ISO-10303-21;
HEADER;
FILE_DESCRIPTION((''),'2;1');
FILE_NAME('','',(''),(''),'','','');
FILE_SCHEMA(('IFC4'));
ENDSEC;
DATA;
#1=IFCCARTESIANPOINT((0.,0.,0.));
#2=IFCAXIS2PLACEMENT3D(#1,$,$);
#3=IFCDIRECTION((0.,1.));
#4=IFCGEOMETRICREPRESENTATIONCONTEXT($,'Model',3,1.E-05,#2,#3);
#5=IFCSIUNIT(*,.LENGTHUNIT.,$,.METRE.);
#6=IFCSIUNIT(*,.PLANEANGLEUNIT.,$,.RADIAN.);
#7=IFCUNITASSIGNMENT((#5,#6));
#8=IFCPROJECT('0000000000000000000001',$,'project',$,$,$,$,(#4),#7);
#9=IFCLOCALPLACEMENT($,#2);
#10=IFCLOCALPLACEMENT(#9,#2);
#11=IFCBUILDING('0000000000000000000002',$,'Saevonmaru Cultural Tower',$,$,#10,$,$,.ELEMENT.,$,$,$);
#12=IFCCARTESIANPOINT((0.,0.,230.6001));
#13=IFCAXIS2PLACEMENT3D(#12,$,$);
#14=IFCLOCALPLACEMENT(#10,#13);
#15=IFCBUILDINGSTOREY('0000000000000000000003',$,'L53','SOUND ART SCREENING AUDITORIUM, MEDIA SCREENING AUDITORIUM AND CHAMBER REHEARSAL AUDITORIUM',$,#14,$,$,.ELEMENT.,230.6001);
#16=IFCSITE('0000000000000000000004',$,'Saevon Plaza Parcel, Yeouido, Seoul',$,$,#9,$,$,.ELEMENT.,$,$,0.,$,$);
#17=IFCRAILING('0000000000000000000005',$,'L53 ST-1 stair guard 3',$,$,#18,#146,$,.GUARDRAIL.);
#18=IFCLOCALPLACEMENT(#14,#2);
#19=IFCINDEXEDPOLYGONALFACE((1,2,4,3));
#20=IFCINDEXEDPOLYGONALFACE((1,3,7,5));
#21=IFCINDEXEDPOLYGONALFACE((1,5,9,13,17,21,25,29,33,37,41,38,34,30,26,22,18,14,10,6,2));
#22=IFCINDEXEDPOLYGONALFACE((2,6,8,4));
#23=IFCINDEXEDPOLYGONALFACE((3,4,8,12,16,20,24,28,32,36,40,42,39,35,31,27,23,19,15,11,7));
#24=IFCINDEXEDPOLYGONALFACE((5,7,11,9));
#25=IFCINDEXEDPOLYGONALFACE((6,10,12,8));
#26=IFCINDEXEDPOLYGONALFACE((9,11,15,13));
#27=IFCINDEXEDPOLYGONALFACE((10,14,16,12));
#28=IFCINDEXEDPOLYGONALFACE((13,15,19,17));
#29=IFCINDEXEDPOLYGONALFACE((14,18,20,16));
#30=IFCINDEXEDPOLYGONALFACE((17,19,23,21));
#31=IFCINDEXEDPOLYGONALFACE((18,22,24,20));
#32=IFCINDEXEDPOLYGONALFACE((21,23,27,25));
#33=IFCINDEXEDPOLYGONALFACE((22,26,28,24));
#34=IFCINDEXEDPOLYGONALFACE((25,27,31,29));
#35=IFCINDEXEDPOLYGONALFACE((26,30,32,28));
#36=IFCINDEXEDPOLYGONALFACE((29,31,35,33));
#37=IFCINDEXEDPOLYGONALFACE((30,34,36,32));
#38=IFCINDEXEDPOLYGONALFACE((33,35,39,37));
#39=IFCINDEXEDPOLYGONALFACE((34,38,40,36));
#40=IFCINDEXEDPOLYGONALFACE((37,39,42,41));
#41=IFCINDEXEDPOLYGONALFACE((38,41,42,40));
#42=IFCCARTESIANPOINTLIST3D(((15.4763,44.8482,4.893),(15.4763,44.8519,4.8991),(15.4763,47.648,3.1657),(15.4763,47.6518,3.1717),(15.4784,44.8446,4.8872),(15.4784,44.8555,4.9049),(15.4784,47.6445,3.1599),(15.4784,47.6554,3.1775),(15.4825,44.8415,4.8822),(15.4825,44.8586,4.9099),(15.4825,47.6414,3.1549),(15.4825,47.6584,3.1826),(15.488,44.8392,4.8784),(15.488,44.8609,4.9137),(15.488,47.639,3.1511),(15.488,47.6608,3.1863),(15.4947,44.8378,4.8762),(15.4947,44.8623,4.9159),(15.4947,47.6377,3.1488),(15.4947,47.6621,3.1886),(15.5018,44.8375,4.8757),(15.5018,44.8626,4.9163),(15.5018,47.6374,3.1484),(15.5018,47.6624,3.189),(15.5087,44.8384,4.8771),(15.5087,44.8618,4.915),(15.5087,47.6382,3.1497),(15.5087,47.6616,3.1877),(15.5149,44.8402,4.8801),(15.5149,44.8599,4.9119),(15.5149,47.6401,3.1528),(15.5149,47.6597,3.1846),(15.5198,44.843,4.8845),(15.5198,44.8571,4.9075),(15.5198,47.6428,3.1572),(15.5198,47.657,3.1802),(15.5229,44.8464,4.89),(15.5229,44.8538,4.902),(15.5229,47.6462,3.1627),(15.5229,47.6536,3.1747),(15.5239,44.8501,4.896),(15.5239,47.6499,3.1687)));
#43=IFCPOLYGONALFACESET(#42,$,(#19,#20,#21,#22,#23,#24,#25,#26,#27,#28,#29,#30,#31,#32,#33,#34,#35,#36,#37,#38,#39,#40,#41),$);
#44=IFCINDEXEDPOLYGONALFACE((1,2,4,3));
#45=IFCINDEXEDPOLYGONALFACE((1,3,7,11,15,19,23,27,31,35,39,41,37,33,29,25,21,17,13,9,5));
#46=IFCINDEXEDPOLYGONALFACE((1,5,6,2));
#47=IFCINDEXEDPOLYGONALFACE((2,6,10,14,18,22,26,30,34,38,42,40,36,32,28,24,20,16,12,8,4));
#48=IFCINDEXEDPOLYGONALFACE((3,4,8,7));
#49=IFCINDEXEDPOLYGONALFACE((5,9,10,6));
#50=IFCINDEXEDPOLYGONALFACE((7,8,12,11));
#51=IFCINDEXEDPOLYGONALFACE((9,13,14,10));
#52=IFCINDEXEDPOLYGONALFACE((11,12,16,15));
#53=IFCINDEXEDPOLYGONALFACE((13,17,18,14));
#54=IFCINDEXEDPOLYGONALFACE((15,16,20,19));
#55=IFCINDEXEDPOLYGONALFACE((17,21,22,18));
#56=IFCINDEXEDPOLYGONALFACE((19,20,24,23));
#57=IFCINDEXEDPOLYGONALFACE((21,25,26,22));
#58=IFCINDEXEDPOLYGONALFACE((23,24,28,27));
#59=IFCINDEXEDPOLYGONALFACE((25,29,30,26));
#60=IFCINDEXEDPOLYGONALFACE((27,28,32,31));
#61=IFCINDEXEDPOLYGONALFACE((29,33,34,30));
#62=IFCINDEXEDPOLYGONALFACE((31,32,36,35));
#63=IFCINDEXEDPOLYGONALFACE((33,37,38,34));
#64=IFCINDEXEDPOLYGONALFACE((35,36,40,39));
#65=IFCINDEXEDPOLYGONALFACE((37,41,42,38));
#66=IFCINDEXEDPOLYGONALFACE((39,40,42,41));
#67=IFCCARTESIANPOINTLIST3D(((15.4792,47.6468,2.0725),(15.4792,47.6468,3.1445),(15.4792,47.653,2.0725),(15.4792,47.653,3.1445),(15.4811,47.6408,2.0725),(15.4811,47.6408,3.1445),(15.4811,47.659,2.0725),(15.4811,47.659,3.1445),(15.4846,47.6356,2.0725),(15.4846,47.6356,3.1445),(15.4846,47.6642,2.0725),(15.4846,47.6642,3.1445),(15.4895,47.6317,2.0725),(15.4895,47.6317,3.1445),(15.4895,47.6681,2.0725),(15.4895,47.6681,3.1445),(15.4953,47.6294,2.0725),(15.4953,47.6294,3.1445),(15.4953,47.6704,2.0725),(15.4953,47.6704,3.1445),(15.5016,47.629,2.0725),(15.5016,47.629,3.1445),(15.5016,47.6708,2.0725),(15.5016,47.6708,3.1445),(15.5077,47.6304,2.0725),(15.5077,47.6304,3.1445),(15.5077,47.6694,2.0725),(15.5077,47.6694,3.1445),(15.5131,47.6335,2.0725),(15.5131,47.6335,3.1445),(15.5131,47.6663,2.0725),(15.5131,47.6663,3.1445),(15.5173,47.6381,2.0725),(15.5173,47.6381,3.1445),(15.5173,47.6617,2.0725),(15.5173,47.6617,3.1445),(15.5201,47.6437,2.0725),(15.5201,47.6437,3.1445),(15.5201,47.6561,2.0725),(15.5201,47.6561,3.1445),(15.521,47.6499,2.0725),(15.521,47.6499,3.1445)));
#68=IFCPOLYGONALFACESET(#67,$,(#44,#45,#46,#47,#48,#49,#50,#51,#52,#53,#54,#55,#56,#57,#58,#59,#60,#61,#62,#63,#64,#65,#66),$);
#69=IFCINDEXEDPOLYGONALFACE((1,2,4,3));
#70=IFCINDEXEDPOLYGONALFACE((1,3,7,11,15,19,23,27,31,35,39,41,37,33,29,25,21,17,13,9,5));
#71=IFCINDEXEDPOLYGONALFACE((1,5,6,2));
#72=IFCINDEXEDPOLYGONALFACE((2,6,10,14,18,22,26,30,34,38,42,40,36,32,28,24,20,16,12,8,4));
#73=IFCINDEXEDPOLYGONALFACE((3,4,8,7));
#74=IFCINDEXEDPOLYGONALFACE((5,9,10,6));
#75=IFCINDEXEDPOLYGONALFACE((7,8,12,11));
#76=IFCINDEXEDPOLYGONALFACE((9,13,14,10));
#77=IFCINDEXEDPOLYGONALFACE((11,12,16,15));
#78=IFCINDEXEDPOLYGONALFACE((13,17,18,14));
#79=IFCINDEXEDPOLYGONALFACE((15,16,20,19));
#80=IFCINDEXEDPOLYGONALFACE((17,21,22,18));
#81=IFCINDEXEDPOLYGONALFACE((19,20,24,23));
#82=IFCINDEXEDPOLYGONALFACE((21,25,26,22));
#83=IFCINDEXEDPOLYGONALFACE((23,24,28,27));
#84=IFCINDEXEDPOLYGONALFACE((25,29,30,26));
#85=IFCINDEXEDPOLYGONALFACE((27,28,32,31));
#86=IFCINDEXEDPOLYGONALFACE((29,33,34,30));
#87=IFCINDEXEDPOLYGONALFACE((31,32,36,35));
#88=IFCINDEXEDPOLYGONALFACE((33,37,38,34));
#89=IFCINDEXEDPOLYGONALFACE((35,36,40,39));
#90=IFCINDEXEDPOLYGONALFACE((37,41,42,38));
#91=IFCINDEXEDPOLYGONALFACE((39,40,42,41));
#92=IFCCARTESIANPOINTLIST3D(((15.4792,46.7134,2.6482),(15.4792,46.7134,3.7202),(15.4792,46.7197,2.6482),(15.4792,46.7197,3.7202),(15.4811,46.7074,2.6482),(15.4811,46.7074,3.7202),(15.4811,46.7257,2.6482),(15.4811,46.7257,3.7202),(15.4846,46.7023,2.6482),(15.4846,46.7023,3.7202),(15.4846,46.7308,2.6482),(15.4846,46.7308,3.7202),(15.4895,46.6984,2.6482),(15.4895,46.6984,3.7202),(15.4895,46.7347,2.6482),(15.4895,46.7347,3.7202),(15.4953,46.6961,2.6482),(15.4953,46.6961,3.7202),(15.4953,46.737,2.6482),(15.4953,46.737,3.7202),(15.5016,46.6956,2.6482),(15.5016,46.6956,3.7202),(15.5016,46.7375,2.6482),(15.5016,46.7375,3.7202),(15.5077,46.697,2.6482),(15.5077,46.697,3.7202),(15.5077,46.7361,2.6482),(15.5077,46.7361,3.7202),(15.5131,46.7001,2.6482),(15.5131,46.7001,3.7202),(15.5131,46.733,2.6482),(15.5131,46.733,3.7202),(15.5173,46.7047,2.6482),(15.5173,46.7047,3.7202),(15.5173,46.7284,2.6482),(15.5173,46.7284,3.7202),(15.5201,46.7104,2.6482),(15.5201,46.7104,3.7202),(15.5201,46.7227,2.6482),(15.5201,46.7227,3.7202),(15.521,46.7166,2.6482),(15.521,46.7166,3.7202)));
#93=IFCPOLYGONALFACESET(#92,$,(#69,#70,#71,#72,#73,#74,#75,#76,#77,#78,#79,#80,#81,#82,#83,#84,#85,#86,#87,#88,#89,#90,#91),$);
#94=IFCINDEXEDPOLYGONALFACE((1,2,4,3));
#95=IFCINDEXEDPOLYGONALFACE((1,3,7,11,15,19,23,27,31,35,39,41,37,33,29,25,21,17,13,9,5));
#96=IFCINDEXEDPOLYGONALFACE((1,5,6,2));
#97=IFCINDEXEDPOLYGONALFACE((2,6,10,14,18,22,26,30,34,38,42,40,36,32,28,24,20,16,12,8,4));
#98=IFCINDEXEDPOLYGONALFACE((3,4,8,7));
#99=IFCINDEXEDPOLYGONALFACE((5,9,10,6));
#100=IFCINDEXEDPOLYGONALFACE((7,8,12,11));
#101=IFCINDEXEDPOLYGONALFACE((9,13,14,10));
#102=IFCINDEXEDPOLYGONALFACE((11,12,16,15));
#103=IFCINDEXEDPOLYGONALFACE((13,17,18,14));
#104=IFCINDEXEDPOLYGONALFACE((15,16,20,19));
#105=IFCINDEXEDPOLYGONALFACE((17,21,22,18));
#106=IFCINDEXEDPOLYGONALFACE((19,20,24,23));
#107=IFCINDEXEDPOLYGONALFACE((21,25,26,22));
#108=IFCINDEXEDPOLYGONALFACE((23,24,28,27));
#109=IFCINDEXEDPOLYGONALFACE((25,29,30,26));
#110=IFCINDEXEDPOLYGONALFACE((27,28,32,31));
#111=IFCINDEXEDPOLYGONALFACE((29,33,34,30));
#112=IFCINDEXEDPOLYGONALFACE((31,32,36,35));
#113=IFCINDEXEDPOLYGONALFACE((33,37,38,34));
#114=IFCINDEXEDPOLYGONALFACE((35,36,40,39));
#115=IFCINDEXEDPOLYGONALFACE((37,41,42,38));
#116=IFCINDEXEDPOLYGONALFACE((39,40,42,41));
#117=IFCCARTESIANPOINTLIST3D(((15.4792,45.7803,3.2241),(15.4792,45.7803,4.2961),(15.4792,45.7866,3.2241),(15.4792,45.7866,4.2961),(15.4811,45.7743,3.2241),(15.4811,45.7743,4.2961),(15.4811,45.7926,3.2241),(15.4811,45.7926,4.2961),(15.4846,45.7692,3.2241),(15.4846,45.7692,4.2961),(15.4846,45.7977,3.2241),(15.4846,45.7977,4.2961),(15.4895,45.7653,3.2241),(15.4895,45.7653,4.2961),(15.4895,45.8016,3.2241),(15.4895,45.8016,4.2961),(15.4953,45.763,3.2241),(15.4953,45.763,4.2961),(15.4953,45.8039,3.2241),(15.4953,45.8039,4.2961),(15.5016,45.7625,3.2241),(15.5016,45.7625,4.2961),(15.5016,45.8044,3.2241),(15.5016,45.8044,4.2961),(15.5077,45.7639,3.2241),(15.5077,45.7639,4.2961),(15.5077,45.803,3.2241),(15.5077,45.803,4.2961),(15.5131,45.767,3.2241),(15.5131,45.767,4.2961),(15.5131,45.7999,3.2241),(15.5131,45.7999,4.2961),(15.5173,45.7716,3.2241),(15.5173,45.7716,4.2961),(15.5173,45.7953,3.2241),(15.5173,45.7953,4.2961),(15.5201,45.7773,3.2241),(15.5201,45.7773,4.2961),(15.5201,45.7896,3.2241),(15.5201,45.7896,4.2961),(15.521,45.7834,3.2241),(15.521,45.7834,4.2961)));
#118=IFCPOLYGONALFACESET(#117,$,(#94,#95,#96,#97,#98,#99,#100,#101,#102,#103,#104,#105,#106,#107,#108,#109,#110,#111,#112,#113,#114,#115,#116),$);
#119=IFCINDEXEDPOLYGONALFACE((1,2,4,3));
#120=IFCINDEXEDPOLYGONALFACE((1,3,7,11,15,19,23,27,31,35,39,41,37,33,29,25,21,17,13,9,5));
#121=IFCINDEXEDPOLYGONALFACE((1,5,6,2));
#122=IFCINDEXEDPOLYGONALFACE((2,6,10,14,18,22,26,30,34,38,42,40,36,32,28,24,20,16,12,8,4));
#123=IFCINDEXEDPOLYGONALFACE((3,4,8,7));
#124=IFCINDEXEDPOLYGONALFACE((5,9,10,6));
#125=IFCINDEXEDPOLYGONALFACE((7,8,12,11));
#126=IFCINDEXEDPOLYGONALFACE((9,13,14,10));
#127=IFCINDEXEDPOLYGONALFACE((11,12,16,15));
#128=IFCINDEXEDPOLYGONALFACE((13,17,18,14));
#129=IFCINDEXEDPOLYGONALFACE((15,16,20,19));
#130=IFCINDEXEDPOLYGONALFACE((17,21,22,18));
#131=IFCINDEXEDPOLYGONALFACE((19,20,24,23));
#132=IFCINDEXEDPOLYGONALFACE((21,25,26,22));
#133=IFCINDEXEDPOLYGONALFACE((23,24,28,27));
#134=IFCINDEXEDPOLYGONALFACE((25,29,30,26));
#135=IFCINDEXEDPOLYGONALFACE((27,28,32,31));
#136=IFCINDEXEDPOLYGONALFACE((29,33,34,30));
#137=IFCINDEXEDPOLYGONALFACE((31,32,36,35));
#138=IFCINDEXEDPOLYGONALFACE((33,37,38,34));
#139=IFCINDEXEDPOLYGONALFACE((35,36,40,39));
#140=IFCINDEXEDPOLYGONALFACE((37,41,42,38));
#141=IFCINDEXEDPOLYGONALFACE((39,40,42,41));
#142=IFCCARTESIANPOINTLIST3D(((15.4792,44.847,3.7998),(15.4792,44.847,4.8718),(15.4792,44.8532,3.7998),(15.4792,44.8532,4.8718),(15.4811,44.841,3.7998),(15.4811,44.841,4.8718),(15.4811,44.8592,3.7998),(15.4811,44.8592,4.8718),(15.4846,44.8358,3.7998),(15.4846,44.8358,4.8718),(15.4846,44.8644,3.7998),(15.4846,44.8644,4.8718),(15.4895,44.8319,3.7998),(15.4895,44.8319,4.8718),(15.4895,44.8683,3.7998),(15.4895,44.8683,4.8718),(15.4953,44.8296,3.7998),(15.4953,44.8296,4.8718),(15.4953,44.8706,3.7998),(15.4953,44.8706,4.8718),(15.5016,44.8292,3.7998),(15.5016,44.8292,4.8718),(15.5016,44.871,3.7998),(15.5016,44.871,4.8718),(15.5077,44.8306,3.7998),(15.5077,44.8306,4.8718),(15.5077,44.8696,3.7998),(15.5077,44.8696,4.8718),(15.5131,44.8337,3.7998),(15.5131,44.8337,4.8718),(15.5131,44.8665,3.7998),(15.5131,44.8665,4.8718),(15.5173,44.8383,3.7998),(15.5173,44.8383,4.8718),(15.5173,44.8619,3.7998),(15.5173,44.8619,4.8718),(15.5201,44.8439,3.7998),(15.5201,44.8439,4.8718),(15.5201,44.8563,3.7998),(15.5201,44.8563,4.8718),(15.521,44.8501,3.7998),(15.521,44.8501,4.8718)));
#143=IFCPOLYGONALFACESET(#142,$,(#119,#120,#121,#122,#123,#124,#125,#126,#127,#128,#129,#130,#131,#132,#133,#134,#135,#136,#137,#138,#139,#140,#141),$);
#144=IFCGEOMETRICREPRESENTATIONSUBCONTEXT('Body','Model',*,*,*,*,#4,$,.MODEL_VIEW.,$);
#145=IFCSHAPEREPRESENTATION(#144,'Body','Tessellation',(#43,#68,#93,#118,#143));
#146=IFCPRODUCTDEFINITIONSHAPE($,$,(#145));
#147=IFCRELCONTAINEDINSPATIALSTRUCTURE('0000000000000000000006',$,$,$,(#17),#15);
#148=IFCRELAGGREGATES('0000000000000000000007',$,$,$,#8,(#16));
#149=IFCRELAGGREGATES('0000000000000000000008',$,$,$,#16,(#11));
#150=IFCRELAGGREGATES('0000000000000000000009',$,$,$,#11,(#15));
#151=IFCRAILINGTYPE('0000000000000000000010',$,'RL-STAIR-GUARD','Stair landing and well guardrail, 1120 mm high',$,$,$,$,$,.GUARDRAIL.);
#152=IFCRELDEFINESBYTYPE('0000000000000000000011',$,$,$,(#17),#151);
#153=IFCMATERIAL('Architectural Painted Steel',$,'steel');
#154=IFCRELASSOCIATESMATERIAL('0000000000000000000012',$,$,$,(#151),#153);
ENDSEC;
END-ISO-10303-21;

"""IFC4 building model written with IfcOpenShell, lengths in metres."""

from ifc_helpers import new_model, si_unit, direction, frame, origin, origin_2d, place, context, subcontext, project, spatial, circle, extrude, material, type_object, element, save


model = new_model("IFC4")

# Units and contexts
model_context = context("Model", 3, precision=1e-05, world=origin(), true_north=direction((0.0, 1.0)))
body_context = subcontext(model_context, "Body", "Model", "MODEL_VIEW")
ifc_project = project(units=[si_unit("LENGTHUNIT", "METRE"), si_unit("PLANEANGLEUNIT", "RADIAN")], contexts=[model_context])

# Site, building, storey
site_placement = place(None, origin())
site = spatial("IfcSite", under=ifc_project, at=site_placement, Name="Saevon Plaza Parcel, Yeouido, Seoul", CompositionType="ELEMENT", RefElevation=0.0)
building_placement = place(site_placement, origin())
building = spatial("IfcBuilding", under=site, at=building_placement, Name="Saevonmaru Cultural Tower", CompositionType="ELEMENT")
storey_placement = place(building_placement, frame((0.0, 0.0, 230.6001)))
storey = spatial("IfcBuildingStorey", under=building, at=storey_placement, Name="L53", Description="SOUND ART SCREENING AUDITORIUM, MEDIA SCREENING AUDITORIUM AND CHAMBER REHEARSAL AUDITORIUM", CompositionType="ELEMENT", Elevation=230.6001)

# Railing
ifc_material_1 = material(Name="Architectural Painted Steel", Category="steel")
railing_type_1 = type_object("IfcRailingType", Name="RL-STAIR-GUARD", Description="Stair landing and well guardrail, 1120 mm high", PredefinedType="GUARDRAIL", material=ifc_material_1)
railing_1_placement = place(storey_placement, frame((15.5, 47.6499, 2.0725)))
element("IfcRailing", 1, at=railing_1_placement, inside=storey, type_object=railing_type_1, Name="L53 ST-1 stair guard 3", PredefinedType="GUARDRAIL", context=body_context, shape_type="SweptSolid", body=[
    extrude(circle(Radius=0.0239, at=origin_2d()), frame((0.0, 0.0, 1.0962), z_axis=(0.0, -0.851069, 0.525054), x_axis=(1.0, 0.0, 0.0)), (0.0, 0.0, 1.0), 3.2898),
    extrude(circle(Radius=0.021, at=origin_2d()), origin(), (0.0, 0.0, 1.0), 1.072),
    extrude(circle(Radius=0.021, at=origin_2d()), frame((0.0, -0.9333, 0.5757)), (0.0, 0.0, 1.0), 1.072),
    extrude(circle(Radius=0.021, at=origin_2d()), frame((0.0, -1.8665, 1.1516)), (0.0, 0.0, 1.0), 1.072),
    extrude(circle(Radius=0.021, at=origin_2d()), frame((0.0, -2.7998, 1.7273)), (0.0, 0.0, 1.0), 1.072),
])

save(model, "model.ifc")
